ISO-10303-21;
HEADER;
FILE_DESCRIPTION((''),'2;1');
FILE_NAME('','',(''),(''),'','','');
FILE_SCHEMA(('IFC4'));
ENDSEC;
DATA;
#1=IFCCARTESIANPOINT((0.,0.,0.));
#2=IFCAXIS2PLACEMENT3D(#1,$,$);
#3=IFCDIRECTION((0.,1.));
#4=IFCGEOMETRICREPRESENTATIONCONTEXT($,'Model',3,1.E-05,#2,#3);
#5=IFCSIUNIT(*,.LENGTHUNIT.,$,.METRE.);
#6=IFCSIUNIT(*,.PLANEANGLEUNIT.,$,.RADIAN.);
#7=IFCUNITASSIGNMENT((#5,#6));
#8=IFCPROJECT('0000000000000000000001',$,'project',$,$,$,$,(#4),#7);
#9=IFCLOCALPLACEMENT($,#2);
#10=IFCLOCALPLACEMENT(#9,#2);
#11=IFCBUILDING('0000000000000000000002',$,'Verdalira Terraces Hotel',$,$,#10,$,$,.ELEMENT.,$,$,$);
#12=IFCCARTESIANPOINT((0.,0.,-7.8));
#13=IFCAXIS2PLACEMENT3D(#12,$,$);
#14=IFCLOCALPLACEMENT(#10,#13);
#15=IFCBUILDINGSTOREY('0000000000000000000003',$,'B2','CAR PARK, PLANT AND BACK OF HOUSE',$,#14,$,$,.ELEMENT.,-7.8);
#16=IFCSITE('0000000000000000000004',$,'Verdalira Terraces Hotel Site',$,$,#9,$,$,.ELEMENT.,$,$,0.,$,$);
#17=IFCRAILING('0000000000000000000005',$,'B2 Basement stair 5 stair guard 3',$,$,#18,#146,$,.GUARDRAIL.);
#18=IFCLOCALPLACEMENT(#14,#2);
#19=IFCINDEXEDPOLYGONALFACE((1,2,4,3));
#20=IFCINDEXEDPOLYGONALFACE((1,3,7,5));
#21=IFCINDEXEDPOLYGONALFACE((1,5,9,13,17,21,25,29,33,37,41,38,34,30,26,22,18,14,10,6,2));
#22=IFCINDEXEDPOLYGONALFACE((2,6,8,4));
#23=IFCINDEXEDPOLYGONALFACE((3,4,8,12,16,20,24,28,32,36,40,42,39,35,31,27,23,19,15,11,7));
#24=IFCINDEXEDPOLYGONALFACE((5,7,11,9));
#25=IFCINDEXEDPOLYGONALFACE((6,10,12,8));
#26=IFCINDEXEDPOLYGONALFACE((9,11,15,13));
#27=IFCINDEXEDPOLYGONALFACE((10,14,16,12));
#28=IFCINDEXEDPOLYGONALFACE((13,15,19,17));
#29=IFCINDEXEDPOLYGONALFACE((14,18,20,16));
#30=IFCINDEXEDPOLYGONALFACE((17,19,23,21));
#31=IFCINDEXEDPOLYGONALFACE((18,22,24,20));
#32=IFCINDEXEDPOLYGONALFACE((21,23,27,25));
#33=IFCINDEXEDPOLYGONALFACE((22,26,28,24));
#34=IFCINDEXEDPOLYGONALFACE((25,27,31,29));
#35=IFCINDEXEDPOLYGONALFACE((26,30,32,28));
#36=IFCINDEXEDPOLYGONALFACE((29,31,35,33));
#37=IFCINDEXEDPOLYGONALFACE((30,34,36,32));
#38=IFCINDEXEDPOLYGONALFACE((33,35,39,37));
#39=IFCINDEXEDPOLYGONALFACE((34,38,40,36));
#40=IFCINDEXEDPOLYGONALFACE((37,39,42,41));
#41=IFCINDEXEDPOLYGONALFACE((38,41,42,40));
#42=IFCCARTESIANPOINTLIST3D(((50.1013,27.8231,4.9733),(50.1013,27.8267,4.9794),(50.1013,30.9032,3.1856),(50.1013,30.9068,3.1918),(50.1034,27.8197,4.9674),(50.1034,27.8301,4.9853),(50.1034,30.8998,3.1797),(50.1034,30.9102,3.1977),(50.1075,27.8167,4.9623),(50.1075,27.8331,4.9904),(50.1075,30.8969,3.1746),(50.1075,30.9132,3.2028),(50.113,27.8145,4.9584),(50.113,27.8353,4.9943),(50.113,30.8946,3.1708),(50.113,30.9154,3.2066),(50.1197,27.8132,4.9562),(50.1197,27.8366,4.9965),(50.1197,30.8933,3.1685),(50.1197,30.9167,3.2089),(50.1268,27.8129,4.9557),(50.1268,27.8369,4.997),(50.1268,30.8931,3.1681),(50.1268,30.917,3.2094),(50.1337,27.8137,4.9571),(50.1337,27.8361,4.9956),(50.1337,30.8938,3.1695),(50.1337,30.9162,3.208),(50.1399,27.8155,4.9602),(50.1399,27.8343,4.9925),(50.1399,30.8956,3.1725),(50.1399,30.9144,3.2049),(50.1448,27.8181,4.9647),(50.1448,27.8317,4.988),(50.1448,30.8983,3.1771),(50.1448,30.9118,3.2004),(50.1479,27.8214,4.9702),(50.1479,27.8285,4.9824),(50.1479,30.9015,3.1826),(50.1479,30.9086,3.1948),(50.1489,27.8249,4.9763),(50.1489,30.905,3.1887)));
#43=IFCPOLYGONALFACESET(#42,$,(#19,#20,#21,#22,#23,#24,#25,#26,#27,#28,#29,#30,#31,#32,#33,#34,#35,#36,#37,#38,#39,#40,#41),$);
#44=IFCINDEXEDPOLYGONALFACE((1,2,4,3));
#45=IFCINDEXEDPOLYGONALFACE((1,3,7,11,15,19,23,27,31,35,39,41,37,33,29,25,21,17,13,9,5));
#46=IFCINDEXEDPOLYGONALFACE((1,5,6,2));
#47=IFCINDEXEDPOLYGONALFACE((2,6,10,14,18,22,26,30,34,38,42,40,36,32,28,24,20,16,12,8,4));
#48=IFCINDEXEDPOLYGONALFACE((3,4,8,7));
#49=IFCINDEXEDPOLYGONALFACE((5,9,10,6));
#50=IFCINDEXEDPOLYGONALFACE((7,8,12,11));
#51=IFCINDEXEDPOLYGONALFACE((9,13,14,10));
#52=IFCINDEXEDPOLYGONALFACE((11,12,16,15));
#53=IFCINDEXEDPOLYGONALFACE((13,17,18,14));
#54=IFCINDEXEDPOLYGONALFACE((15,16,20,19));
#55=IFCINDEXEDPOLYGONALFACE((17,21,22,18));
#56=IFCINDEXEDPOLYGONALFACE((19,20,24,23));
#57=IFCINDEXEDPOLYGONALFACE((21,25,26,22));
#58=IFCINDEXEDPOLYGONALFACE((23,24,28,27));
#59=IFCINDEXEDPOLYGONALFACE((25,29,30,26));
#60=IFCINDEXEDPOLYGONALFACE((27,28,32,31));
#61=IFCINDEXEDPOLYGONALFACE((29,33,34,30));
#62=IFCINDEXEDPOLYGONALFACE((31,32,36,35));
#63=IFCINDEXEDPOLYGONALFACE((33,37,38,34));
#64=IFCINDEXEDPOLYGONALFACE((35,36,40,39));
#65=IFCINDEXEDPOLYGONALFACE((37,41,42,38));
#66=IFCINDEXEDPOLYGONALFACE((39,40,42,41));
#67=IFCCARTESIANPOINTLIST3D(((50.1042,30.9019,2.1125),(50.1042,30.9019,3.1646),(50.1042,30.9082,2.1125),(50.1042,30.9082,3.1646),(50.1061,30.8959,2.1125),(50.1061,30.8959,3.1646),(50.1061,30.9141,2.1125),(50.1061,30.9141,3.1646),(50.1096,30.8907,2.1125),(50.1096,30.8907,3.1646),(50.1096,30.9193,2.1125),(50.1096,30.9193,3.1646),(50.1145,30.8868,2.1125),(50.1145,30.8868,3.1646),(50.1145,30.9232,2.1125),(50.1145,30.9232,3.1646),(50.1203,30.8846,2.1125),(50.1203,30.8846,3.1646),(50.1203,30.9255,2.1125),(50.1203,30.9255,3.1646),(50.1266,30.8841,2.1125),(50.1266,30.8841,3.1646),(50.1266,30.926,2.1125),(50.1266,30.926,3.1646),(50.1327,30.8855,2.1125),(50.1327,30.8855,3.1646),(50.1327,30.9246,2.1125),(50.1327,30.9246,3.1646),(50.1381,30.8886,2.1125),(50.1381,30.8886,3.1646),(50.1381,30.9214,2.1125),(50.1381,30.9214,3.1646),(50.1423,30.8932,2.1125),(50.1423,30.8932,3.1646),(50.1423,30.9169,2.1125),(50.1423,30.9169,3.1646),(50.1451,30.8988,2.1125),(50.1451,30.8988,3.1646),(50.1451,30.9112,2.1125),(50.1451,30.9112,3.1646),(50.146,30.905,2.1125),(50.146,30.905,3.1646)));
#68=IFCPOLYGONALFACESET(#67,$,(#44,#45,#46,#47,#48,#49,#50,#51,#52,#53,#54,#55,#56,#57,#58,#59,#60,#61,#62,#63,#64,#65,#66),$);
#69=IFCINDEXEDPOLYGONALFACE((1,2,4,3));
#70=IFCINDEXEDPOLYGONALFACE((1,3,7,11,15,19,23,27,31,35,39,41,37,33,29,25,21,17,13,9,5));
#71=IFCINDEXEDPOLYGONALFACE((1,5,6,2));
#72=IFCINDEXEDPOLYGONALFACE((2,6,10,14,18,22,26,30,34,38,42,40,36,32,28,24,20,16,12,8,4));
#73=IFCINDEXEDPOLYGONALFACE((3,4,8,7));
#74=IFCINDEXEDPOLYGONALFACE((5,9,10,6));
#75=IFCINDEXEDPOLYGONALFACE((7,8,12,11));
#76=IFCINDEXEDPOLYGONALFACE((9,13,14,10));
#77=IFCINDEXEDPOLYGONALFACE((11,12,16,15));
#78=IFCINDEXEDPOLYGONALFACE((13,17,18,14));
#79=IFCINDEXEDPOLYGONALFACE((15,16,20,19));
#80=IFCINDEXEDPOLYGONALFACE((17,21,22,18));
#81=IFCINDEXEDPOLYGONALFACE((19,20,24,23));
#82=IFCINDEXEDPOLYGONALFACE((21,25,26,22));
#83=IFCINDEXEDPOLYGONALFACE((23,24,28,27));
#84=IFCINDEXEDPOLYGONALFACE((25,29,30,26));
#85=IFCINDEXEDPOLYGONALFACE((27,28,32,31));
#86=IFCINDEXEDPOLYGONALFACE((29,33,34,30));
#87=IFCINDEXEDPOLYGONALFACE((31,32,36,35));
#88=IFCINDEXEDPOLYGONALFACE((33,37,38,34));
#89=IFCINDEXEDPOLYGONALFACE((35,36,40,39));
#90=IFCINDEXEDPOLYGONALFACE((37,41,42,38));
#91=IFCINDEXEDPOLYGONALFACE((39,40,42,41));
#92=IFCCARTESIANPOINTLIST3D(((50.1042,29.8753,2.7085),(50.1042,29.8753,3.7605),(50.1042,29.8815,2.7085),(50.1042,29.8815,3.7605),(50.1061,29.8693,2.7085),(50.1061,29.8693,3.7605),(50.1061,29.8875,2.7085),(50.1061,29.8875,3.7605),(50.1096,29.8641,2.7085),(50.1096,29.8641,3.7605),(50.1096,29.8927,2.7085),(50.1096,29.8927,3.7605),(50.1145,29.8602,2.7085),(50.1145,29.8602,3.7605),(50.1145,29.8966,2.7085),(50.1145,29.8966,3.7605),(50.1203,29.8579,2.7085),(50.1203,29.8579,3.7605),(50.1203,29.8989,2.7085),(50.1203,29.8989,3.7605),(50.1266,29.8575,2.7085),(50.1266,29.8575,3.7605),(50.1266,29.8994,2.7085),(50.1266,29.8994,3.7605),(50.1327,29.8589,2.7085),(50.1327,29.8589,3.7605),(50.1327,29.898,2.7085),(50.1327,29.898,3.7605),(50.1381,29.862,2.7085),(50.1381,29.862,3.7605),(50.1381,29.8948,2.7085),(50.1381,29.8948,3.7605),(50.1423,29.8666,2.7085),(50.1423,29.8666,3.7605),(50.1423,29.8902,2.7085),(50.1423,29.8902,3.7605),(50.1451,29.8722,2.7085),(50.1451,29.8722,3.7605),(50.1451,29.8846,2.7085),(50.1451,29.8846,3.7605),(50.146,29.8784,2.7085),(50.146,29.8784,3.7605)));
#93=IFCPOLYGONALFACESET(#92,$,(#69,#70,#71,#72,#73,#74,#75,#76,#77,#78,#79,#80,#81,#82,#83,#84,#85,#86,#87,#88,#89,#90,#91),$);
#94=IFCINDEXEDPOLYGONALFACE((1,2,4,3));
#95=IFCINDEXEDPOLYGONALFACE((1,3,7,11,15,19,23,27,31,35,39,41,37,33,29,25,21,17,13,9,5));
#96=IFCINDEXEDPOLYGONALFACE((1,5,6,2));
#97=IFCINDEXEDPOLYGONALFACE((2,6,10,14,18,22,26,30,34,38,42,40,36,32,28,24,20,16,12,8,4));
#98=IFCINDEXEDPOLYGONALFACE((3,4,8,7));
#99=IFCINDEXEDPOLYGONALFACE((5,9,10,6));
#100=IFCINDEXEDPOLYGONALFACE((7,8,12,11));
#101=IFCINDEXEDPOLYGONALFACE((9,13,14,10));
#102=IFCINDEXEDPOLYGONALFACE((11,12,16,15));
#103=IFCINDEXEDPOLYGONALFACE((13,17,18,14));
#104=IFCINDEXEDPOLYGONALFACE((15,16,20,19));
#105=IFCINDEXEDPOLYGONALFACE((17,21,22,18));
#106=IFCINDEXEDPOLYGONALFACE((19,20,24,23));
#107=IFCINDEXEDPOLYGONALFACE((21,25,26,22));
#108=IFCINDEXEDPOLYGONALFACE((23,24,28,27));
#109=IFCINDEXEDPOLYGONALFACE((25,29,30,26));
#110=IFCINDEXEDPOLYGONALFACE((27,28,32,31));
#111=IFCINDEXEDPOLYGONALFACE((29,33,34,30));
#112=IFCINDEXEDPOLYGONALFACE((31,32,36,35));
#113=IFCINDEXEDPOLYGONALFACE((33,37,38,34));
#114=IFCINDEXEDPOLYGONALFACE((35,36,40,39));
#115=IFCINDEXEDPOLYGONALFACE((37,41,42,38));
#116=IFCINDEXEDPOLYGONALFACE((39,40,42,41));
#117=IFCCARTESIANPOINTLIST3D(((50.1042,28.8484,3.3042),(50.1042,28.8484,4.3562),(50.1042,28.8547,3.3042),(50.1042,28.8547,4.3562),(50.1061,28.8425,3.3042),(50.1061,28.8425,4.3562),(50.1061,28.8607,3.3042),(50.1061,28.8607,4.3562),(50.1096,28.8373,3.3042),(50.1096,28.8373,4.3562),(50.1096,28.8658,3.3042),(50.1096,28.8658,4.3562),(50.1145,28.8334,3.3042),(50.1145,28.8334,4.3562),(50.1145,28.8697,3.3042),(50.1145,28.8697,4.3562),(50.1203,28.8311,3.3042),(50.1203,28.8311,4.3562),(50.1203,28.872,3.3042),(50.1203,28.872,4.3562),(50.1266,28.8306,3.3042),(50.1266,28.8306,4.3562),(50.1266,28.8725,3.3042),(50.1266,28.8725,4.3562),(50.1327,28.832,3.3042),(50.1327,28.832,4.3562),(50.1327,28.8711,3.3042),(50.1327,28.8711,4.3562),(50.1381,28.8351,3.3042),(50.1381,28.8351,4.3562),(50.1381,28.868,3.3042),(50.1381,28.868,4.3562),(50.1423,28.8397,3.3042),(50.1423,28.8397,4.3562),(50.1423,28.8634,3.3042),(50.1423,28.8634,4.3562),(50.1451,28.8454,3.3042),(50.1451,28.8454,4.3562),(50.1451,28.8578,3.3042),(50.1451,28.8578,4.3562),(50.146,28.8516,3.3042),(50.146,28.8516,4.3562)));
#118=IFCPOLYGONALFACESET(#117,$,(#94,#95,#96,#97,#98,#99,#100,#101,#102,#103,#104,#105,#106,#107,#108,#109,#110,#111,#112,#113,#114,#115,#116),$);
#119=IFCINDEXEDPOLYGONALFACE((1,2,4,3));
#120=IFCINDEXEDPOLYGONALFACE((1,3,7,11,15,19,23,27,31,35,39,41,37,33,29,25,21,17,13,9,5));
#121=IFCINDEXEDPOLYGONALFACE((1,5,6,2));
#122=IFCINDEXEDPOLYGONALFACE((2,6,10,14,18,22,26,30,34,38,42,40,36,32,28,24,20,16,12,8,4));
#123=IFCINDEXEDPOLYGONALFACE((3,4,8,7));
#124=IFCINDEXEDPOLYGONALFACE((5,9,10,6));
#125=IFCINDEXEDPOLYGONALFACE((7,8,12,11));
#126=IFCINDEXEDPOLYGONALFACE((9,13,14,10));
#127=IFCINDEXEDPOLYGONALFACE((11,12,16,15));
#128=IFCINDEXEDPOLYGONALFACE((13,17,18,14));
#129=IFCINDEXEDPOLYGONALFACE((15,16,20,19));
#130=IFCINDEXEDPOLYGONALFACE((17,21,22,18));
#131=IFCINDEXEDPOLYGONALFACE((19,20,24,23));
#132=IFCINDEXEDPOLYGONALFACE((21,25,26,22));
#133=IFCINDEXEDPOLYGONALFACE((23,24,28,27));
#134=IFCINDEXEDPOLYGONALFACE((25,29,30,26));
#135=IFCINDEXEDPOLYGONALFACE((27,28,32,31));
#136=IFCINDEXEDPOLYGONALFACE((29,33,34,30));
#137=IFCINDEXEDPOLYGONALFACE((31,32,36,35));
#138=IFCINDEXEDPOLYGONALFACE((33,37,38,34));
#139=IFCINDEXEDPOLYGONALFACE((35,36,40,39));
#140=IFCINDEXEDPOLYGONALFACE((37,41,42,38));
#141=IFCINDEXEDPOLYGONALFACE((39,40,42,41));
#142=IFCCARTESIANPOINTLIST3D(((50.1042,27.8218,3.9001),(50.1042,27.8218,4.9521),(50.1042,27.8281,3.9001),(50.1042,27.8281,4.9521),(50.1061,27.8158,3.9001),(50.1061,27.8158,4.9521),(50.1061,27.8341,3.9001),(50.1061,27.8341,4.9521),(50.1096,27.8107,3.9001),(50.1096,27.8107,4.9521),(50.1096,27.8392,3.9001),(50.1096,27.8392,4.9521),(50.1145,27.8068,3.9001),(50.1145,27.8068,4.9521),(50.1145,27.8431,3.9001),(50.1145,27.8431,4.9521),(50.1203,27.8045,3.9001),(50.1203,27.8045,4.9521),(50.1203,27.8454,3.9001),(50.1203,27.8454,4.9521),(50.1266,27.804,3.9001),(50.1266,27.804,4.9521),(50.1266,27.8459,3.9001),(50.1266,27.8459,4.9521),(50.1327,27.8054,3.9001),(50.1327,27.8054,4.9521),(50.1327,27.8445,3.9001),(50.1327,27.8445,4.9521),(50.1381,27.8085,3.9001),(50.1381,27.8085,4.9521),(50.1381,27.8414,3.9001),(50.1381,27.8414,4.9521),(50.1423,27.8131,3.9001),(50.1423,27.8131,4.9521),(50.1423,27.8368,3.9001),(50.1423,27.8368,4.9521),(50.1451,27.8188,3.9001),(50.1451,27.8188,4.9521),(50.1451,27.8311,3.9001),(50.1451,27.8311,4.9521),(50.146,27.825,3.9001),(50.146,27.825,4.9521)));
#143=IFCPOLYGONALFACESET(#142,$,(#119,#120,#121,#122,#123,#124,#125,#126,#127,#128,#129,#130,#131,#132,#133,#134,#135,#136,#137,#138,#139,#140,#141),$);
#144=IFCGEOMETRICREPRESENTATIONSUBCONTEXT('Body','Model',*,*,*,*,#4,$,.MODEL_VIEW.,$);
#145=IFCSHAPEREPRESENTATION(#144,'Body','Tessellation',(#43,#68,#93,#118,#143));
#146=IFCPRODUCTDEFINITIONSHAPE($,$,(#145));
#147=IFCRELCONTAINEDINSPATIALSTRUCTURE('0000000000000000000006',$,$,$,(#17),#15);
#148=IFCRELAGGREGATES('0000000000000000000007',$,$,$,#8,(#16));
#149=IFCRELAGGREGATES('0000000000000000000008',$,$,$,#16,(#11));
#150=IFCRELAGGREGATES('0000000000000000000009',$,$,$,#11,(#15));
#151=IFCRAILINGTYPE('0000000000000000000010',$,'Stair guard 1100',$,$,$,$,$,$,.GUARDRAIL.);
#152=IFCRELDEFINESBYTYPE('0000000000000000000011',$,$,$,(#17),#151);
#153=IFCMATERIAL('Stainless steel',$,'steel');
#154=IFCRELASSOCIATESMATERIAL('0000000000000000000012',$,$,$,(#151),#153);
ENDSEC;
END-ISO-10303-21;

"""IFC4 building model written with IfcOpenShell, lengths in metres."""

from ifc_helpers import new_model, si_unit, direction, frame, origin, origin_2d, place, context, subcontext, project, spatial, circle, extrude, material, type_object, element, save


model = new_model("IFC4")

# Units and contexts
model_context = context("Model", 3, precision=1e-05, world=origin(), true_north=direction((0.0, 1.0)))
body_context = subcontext(model_context, "Body", "Model", "MODEL_VIEW")
ifc_project = project(units=[si_unit("LENGTHUNIT", "METRE"), si_unit("PLANEANGLEUNIT", "RADIAN")], contexts=[model_context])

# Site, building, storey
site_placement = place(None, origin())
site = spatial("IfcSite", under=ifc_project, at=site_placement, Name="Verdalira Terraces Hotel Site", CompositionType="ELEMENT", RefElevation=0.0)
building_placement = place(site_placement, origin())
building = spatial("IfcBuilding", under=site, at=building_placement, Name="Verdalira Terraces Hotel", CompositionType="ELEMENT")
storey_placement = place(building_placement, frame((0.0, 0.0, -7.8)))
storey = spatial("IfcBuildingStorey", under=building, at=storey_placement, Name="B2", Description="CAR PARK, PLANT AND BACK OF HOUSE", CompositionType="ELEMENT", Elevation=-7.8)

# Railing
ifc_material_1 = material(Name="Stainless steel", Category="steel")
railing_type_1 = type_object("IfcRailingType", Name="Stair guard 1100", PredefinedType="GUARDRAIL", material=ifc_material_1)
railing_1_placement = place(storey_placement, frame((50.125, 30.905, 2.1125)))
element("IfcRailing", 1, at=railing_1_placement, inside=storey, type_object=railing_type_1, Name="B2 Basement stair 5 stair guard 3", PredefinedType="GUARDRAIL", context=body_context, shape_type="SweptSolid", body=[
    extrude(circle(Radius=0.0239, at=origin_2d()), frame((0.0, 0.0, 1.0762), z_axis=(0.0, -0.864891, 0.50196), x_axis=(1.0, 0.0, 0.0)), (0.0, 0.0, 1.0), 3.5613),
    extrude(circle(Radius=0.021, at=origin_2d()), origin(), (0.0, 0.0, 1.0), 1.052),
    extrude(circle(Radius=0.021, at=origin_2d()), frame((0.0, -1.0266, 0.5959)), (0.0, 0.0, 1.0), 1.052),
    extrude(circle(Radius=0.021, at=origin_2d()), frame((0.0, -2.0535, 1.1917)), (0.0, 0.0, 1.0), 1.052),
    extrude(circle(Radius=0.021, at=origin_2d()), frame((0.0, -3.0801, 1.7876)), (0.0, 0.0, 1.0), 1.052),
])

save(model, "model.ifc")
